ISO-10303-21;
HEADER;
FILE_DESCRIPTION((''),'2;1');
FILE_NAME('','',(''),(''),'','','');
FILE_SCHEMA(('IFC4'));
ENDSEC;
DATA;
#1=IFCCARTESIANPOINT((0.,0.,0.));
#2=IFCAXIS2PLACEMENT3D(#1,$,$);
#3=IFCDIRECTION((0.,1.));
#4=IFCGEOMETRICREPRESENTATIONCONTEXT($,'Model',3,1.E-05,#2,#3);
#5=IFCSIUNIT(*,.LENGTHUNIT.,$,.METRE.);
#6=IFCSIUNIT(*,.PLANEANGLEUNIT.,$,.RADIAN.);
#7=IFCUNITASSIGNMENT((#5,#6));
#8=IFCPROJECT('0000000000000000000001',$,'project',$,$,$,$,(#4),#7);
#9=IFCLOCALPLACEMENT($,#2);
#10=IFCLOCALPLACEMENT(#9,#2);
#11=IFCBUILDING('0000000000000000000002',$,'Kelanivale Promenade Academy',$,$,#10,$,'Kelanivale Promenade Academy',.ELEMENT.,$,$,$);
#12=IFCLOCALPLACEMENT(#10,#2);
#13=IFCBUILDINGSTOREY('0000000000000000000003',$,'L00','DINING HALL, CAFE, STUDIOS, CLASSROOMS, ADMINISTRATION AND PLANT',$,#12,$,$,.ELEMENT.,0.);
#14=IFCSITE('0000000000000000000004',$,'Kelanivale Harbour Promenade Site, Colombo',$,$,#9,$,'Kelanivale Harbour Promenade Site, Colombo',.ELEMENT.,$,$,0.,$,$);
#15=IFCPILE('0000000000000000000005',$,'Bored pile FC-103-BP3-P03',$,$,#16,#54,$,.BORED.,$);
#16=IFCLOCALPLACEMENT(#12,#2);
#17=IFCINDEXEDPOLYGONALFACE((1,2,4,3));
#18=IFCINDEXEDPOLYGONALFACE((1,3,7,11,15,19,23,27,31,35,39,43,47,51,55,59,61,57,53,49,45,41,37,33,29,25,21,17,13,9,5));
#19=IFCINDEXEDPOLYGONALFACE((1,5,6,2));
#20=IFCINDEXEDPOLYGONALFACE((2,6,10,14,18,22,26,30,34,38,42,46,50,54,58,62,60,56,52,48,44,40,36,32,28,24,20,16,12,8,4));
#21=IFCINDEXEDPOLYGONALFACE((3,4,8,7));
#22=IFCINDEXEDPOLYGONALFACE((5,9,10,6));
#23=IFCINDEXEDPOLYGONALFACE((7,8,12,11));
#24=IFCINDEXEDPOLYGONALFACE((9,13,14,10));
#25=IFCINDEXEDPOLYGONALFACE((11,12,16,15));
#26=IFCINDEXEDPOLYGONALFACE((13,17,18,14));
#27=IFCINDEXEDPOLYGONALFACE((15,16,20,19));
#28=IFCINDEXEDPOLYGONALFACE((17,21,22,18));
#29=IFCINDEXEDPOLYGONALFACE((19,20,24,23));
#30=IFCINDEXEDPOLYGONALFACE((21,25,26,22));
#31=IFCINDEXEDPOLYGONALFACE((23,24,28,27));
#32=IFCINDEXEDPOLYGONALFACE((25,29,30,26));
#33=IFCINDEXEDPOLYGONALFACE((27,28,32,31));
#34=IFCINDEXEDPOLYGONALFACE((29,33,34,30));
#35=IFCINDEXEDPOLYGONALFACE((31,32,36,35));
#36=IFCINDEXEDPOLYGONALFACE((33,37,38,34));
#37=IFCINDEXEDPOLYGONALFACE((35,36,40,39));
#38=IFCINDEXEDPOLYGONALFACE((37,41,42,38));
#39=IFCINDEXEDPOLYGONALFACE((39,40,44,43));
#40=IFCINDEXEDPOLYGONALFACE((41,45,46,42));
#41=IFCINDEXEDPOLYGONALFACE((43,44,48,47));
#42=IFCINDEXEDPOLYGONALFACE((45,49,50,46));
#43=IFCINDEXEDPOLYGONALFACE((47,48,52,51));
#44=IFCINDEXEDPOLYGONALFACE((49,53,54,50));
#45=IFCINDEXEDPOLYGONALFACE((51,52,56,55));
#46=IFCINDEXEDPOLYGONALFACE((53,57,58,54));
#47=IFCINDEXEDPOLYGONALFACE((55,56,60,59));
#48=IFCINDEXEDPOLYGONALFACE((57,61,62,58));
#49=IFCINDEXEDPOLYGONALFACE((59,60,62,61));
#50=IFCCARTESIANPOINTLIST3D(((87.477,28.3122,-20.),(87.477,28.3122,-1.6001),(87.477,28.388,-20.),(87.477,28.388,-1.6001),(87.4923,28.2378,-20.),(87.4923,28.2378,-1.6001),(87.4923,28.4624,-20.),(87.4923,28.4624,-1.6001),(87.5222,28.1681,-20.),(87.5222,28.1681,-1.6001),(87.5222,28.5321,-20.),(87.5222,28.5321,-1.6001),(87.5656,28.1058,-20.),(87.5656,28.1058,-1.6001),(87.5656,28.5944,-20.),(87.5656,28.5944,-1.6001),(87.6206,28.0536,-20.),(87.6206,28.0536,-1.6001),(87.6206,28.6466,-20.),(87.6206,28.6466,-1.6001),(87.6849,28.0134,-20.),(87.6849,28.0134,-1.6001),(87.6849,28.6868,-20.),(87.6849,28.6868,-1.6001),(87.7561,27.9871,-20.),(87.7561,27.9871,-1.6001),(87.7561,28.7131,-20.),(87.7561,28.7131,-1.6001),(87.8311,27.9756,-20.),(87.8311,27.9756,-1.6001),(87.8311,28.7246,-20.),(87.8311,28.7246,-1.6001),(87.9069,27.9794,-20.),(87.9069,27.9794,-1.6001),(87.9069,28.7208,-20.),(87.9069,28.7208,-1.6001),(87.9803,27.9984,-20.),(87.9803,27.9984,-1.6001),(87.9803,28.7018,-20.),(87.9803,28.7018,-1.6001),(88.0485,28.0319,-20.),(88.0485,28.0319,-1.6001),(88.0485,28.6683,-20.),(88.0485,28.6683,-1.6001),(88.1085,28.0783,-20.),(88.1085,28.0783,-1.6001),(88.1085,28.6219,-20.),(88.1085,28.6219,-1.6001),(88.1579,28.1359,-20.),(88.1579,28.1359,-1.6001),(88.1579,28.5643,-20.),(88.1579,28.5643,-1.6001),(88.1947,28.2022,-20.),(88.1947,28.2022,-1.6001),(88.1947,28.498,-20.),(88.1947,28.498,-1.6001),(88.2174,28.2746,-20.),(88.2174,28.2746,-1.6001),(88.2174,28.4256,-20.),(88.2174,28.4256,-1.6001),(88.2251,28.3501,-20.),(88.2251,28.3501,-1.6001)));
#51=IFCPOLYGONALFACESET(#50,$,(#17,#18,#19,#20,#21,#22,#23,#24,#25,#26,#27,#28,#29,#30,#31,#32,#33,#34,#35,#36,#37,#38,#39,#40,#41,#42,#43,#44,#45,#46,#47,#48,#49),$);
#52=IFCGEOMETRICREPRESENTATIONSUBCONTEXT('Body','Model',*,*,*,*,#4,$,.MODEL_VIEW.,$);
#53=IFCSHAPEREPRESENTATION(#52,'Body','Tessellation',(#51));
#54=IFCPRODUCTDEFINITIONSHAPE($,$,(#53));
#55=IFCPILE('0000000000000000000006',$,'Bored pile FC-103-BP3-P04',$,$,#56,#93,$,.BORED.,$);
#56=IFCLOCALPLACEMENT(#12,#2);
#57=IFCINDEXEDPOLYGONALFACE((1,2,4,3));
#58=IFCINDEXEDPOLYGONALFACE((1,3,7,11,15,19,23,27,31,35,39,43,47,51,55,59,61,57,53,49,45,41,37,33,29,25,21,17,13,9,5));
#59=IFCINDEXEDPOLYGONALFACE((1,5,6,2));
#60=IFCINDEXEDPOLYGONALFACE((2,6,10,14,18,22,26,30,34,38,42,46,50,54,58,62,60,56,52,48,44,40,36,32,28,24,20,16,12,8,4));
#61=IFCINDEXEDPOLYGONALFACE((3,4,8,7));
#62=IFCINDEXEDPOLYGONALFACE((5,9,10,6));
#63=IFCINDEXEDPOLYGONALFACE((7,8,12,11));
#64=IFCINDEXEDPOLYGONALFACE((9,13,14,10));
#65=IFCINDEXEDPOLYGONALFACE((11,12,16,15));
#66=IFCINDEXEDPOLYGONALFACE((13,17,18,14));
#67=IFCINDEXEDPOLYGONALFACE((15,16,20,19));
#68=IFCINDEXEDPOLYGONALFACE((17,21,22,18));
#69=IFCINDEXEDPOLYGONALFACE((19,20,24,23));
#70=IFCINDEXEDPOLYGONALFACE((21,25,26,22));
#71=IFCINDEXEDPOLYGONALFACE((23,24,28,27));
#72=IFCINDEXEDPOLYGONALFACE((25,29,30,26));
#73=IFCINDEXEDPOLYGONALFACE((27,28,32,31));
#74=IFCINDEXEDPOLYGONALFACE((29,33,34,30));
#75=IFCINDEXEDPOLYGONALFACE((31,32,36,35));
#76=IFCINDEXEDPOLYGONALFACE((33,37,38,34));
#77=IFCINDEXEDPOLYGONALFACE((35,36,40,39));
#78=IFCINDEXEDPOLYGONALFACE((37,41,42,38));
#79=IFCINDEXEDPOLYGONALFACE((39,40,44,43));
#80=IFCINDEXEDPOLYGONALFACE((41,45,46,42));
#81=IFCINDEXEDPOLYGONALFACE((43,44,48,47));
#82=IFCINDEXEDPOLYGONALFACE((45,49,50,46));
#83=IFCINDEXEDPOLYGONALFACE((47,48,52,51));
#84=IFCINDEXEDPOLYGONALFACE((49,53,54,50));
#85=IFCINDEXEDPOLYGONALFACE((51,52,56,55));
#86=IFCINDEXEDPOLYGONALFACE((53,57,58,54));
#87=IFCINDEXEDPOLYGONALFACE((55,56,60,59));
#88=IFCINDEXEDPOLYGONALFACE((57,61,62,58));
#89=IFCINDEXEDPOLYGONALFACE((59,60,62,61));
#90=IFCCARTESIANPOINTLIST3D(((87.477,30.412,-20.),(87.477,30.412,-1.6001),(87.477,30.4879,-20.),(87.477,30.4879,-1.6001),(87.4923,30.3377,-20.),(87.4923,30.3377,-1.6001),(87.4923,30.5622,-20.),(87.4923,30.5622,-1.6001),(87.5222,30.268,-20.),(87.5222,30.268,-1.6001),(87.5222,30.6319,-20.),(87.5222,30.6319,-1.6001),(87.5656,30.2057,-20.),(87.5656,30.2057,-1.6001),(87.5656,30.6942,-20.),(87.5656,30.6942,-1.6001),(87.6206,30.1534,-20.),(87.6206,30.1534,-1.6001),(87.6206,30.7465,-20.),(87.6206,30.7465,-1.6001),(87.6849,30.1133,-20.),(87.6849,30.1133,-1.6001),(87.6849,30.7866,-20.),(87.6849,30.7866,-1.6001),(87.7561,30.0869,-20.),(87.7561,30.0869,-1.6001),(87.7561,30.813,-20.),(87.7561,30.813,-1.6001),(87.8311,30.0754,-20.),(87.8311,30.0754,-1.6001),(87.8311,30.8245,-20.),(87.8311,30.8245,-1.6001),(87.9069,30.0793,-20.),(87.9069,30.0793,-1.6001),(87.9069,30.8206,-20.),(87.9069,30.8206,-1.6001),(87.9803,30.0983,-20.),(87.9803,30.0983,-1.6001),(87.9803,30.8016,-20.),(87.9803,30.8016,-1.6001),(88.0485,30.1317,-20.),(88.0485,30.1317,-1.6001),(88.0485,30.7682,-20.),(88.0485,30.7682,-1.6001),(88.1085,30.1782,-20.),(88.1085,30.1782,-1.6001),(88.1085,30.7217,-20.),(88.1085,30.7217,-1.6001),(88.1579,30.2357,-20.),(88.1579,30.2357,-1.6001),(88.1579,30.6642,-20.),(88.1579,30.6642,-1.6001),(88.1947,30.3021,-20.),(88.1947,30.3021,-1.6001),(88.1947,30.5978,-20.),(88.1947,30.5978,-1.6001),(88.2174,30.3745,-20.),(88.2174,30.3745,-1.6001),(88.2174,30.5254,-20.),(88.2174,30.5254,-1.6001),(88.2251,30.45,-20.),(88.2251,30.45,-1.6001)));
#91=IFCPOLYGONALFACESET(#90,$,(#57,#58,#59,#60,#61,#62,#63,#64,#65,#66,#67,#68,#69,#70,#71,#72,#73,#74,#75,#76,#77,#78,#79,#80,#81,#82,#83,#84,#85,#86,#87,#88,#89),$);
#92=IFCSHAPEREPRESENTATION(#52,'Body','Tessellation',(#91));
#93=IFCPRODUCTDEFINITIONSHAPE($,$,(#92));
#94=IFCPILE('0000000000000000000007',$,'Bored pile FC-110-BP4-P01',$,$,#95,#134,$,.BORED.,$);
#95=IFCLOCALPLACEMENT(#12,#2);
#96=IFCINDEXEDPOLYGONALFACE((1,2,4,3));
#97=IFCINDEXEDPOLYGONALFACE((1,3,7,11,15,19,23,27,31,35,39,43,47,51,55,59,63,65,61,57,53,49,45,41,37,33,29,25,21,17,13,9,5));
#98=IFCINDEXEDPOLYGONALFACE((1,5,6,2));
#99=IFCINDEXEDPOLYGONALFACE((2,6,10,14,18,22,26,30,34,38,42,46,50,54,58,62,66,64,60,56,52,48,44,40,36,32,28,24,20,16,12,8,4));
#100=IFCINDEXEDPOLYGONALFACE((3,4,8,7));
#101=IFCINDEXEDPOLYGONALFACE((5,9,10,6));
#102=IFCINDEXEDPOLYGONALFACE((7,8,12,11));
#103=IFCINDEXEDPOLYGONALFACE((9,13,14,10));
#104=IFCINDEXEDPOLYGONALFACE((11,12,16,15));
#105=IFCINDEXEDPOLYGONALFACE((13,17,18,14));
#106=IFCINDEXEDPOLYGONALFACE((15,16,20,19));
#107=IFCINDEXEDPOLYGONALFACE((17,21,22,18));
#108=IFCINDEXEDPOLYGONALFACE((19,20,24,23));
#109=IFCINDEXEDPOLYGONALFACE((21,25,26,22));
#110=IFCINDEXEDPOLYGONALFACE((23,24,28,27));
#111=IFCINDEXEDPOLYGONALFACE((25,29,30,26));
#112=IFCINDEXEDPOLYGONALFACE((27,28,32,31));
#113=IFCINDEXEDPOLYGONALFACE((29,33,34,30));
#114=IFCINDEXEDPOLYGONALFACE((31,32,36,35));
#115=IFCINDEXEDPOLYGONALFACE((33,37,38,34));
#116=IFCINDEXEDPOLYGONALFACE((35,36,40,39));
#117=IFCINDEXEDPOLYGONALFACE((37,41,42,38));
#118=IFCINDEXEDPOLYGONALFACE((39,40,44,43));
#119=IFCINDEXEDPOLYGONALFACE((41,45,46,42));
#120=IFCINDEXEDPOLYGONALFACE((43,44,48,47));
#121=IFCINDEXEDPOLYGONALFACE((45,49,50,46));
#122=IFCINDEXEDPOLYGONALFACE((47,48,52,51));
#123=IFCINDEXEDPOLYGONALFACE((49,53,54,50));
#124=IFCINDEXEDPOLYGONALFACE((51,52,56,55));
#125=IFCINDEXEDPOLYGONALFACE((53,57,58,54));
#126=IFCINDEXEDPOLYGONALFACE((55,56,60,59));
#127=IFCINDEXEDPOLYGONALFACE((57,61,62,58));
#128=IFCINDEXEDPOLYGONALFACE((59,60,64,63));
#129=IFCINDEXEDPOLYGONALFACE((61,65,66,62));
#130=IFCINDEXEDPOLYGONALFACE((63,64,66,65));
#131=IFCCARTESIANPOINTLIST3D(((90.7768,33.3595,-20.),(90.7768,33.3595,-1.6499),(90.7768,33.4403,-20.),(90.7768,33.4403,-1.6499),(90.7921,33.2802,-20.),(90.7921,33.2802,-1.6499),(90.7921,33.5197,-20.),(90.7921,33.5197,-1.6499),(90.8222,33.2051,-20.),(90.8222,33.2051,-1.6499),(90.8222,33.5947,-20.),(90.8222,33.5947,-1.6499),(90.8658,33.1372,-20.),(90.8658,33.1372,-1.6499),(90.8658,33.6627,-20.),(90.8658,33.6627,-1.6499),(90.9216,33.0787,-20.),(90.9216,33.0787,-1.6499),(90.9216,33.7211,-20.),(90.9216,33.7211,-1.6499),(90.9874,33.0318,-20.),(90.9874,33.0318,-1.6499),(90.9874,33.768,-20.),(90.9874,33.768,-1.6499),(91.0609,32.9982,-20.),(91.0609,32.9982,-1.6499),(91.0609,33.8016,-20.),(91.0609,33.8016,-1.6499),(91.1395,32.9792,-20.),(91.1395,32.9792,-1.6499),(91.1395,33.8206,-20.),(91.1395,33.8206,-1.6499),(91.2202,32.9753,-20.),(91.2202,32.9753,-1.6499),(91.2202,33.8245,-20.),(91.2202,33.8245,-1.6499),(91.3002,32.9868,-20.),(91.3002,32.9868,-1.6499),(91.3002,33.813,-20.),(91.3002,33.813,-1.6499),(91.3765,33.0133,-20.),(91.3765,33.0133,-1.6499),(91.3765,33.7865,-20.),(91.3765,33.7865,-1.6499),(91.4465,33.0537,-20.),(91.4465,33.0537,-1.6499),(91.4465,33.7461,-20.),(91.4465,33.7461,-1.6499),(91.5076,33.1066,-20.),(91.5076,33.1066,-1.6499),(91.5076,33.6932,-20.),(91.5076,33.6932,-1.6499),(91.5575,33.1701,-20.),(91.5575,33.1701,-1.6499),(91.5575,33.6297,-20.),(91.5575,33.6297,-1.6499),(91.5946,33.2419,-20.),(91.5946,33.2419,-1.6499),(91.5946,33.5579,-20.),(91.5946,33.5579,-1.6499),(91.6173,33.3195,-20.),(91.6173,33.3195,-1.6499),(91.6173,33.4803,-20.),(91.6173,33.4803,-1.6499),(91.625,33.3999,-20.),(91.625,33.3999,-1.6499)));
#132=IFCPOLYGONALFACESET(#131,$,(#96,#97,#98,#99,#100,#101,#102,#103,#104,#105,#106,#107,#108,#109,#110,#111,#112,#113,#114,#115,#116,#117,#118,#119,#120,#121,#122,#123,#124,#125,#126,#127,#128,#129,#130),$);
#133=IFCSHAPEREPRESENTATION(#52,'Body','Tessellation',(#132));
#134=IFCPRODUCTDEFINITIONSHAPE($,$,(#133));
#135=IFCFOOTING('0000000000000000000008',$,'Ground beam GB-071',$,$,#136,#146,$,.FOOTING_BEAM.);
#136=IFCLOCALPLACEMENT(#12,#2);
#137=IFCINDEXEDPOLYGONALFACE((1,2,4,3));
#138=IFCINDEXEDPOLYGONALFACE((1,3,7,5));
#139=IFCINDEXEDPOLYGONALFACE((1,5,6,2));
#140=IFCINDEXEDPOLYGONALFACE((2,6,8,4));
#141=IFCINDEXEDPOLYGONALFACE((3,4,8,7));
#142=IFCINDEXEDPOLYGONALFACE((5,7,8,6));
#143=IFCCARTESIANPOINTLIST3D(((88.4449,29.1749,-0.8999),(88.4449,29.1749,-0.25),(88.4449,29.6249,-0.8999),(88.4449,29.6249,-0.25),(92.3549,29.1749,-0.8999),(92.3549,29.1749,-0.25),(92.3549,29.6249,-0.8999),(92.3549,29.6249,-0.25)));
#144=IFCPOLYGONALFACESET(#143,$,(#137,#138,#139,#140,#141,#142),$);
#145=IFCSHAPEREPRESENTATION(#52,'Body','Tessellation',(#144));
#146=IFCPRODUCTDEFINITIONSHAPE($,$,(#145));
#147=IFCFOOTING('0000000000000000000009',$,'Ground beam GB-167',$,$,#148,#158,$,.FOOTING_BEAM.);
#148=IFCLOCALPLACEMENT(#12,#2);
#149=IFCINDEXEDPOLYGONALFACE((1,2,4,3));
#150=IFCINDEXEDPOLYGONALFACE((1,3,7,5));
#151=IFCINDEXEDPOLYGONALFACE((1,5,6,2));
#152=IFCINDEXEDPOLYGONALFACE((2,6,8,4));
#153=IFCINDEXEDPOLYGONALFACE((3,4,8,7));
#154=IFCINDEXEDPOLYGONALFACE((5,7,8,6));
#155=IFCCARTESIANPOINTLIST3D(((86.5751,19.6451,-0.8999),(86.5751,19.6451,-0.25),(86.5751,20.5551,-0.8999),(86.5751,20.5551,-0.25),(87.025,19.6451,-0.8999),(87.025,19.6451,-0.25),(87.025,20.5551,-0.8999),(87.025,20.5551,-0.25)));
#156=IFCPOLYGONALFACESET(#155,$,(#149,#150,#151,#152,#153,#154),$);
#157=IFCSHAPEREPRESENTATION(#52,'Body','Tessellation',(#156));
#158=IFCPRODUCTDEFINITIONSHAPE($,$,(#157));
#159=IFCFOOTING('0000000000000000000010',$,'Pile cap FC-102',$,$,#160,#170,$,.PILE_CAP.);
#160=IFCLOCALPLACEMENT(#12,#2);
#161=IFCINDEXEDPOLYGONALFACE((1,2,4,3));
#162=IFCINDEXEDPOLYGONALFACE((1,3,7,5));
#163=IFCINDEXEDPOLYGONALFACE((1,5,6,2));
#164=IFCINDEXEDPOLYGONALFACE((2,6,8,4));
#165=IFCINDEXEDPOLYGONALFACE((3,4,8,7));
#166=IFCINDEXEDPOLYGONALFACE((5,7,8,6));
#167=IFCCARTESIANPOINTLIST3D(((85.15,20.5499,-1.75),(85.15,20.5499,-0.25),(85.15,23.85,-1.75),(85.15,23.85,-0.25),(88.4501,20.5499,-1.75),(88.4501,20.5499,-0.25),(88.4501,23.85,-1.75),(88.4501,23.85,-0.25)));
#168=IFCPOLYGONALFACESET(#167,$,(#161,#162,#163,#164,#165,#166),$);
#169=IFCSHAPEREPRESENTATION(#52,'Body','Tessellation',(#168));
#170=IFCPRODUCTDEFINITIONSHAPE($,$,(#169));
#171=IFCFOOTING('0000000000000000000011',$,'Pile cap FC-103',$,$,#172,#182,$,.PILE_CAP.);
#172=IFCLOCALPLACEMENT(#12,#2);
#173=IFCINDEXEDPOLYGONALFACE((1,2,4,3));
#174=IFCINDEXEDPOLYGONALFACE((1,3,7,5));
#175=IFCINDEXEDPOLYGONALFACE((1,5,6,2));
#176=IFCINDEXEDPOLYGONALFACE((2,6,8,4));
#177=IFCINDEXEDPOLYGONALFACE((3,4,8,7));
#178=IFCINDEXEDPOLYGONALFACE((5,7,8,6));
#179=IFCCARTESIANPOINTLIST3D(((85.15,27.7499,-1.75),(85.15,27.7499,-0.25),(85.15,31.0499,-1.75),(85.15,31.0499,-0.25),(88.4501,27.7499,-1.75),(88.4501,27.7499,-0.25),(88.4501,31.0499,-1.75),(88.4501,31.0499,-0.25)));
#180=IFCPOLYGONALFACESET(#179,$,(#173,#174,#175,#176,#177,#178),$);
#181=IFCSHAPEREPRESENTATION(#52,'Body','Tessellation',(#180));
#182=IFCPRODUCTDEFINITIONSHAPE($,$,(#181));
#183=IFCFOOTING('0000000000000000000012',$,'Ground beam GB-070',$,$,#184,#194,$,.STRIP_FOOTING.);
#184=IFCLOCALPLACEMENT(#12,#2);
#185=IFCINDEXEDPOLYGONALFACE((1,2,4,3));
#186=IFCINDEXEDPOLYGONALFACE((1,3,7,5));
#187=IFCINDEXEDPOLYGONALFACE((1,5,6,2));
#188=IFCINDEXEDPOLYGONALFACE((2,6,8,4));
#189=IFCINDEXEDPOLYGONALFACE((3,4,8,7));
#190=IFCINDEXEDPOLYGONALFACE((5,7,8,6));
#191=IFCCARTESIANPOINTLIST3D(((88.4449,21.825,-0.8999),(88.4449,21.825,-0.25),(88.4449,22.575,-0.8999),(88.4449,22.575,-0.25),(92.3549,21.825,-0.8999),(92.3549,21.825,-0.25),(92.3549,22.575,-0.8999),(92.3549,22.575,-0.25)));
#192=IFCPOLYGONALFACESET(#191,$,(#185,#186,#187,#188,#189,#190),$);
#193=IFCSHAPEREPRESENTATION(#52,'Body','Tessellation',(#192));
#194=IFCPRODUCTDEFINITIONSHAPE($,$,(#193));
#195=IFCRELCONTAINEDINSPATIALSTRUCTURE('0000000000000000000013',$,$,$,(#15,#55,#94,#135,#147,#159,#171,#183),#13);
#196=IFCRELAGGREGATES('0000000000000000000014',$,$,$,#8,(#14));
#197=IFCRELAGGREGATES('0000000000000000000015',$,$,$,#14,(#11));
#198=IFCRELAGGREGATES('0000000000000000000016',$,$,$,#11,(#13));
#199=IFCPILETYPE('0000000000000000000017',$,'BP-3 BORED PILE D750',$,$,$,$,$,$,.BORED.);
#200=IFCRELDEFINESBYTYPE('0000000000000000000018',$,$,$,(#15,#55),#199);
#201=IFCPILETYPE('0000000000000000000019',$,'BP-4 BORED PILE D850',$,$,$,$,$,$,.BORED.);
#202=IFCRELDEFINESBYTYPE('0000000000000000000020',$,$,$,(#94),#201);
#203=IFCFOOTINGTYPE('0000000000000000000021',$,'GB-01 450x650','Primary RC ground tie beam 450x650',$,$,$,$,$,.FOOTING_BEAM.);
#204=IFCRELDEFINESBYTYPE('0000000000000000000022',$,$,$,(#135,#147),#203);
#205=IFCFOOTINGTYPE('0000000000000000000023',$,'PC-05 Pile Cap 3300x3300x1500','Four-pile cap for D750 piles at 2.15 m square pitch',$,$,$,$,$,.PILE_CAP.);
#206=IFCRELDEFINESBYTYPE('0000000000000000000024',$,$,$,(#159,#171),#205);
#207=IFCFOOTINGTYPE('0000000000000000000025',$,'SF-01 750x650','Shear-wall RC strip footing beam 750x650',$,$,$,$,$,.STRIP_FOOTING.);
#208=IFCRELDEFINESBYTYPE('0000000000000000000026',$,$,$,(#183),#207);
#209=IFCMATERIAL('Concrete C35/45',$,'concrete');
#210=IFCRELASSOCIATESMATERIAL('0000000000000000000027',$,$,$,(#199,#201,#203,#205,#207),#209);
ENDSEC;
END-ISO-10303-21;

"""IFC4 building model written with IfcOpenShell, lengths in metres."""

from ifc_helpers import new_model, si_unit, direction, frame, origin, origin_2d, place, context, subcontext, project, spatial, rectangle, circle, extrude, material, material_profile, profile_set, type_object, element, save


model = new_model("IFC4")

# Units and contexts
model_context = context("Model", 3, precision=1e-05, world=origin(), true_north=direction((0.0, 1.0)))
body_context = subcontext(model_context, "Body", "Model", "MODEL_VIEW")
ifc_project = project(units=[si_unit("LENGTHUNIT", "METRE"), si_unit("PLANEANGLEUNIT", "RADIAN")], contexts=[model_context])

# Site, building, storey
site_placement = place(None, origin())
site = spatial("IfcSite", under=ifc_project, at=site_placement, Name="Kelanivale Harbour Promenade Site, Colombo", LongName="Kelanivale Harbour Promenade Site, Colombo", CompositionType="ELEMENT", RefElevation=0.0)
building_placement = place(site_placement, origin())
building = spatial("IfcBuilding", under=site, at=building_placement, Name="Kelanivale Promenade Academy", LongName="Kelanivale Promenade Academy", CompositionType="ELEMENT")
storey_placement = place(building_placement, origin())
storey = spatial("IfcBuildingStorey", under=building, at=storey_placement, Name="L00", Description="DINING HALL, CAFE, STUDIOS, CLASSROOMS, ADMINISTRATION AND PLANT", CompositionType="ELEMENT", Elevation=0.0)

# Piles
ifc_material_1 = material(Name="Concrete C35/45", Category="concrete")
ifc_material_profile_1 = material_profile(ifc_material_1, circle(Radius=0.375, at=origin_2d()), Name="BORED PILE D750")
ifc_profile_set_1 = profile_set([ifc_material_profile_1], Name="Concrete C35/45")
pile_type_1 = type_object("IfcPileType", Name="BP-3 BORED PILE D750", PredefinedType="BORED", material=ifc_profile_set_1)
for number, where, z_axis, x_axis, name in (
    (1, (87.8501, 28.3501, -1.6001), (0.0, 0.0, -1.0), (1.0, 0.0, 0.0), "Bored pile FC-103-BP3-P03"),
    (2, (87.8501, 30.45, -1.6001), (0.0, 0.0, -1.0), (1.0, 0.0, 0.0), "Bored pile FC-103-BP3-P04"),
):
    element("IfcPile", number, at=place(storey_placement, frame(where, z_axis=z_axis, x_axis=x_axis)), inside=storey, type_object=pile_type_1, Name=name, PredefinedType="BORED", context=body_context, shape_type="SweptSolid", body=[
        extrude(circle(Radius=0.375, at=origin_2d()), origin(), (0.0, 0.0, 1.0), 18.3999),
    ])
ifc_material_profile_2 = material_profile(ifc_material_1, circle(Radius=0.425, at=origin_2d()), Name="BORED PILE D850")
ifc_profile_set_2 = profile_set([ifc_material_profile_2], Name="Concrete C35/45")
pile_type_2 = type_object("IfcPileType", Name="BP-4 BORED PILE D850", PredefinedType="BORED", material=ifc_profile_set_2)
pile_placement = place(storey_placement, frame((91.2, 33.3999, -1.6499), z_axis=(0.0, 0.0, -1.0), x_axis=(1.0, 0.0, 0.0)))
element("IfcPile", 3, at=pile_placement, inside=storey, type_object=pile_type_2, Name="Bored pile FC-110-BP4-P01", PredefinedType="BORED", context=body_context, shape_type="SweptSolid", body=[
    extrude(circle(Radius=0.425, at=origin_2d()), origin(), (0.0, 0.0, 1.0), 18.3501),
])

# Footings
footing_type_1 = type_object("IfcFootingType", Name="GB-01 450x650", Description="Primary RC ground tie beam 450x650", PredefinedType="FOOTING_BEAM", material=ifc_material_1)
footing_1_placement = place(storey_placement, frame((90.3999, 29.3999, -0.8999), z_axis=(0.0, 0.0, 1.0), x_axis=(1.0, 0.0, 0.0)))
element("IfcFooting", 4, at=footing_1_placement, inside=storey, type_object=footing_type_1, Name="Ground beam GB-071", PredefinedType="FOOTING_BEAM", context=body_context, shape_type="SweptSolid", body=[
    extrude(rectangle(XDim=3.9099, YDim=0.45, at=origin_2d()), origin(), (0.0, 0.0, 1.0), 0.6499),
])
footing_2_placement = place(storey_placement, frame((86.8, 20.1001, -0.8999), z_axis=(0.0, 0.0, 1.0), x_axis=(0.0, 1.0, 0.0)))
element("IfcFooting", 5, at=footing_2_placement, inside=storey, type_object=footing_type_1, Name="Ground beam GB-167", PredefinedType="FOOTING_BEAM", context=body_context, shape_type="SweptSolid", body=[
    extrude(rectangle(XDim=0.9099, YDim=0.45, at=origin_2d()), origin(), (0.0, 0.0, 1.0), 0.6499),
])
footing_type_2 = type_object("IfcFootingType", Name="PC-05 Pile Cap 3300x3300x1500", Description="Four-pile cap for D750 piles at 2.15 m square pitch", PredefinedType="PILE_CAP", material=ifc_material_1)
for number, where, z_axis, x_axis, name in (
    (6, (86.8, 22.2, -1.75), (0.0, 0.0, 1.0), (1.0, 0.0, 0.0), "Pile cap FC-102"),
    (7, (86.8, 29.3999, -1.75), (0.0, 0.0, 1.0), (1.0, 0.0, 0.0), "Pile cap FC-103"),
):
    element("IfcFooting", number, at=place(storey_placement, frame(where, z_axis=z_axis, x_axis=x_axis)), inside=storey, type_object=footing_type_2, Name=name, PredefinedType="PILE_CAP", context=body_context, shape_type="SweptSolid", body=[
        extrude(rectangle(XDim=3.3, YDim=3.3, at=origin_2d()), origin(), (0.0, 0.0, 1.0), 1.5),
    ])
footing_type_3 = type_object("IfcFootingType", Name="SF-01 750x650", Description="Shear-wall RC strip footing beam 750x650", PredefinedType="STRIP_FOOTING", material=ifc_material_1)
for number, where, z_axis, x_axis, name in (
    (8, (90.3999, 22.2, -0.8999), (0.0, 0.0, 1.0), (1.0, 0.0, 0.0), "Ground beam GB-070"),
):
    element("IfcFooting", number, at=place(storey_placement, frame(where, z_axis=z_axis, x_axis=x_axis)), inside=storey, type_object=footing_type_3, Name=name, PredefinedType="STRIP_FOOTING", context=body_context, shape_type="SweptSolid", body=[
        extrude(rectangle(XDim=3.9099, YDim=0.75, at=origin_2d()), origin(), (0.0, 0.0, 1.0), 0.6499),
    ])

save(model, "model.ifc")
